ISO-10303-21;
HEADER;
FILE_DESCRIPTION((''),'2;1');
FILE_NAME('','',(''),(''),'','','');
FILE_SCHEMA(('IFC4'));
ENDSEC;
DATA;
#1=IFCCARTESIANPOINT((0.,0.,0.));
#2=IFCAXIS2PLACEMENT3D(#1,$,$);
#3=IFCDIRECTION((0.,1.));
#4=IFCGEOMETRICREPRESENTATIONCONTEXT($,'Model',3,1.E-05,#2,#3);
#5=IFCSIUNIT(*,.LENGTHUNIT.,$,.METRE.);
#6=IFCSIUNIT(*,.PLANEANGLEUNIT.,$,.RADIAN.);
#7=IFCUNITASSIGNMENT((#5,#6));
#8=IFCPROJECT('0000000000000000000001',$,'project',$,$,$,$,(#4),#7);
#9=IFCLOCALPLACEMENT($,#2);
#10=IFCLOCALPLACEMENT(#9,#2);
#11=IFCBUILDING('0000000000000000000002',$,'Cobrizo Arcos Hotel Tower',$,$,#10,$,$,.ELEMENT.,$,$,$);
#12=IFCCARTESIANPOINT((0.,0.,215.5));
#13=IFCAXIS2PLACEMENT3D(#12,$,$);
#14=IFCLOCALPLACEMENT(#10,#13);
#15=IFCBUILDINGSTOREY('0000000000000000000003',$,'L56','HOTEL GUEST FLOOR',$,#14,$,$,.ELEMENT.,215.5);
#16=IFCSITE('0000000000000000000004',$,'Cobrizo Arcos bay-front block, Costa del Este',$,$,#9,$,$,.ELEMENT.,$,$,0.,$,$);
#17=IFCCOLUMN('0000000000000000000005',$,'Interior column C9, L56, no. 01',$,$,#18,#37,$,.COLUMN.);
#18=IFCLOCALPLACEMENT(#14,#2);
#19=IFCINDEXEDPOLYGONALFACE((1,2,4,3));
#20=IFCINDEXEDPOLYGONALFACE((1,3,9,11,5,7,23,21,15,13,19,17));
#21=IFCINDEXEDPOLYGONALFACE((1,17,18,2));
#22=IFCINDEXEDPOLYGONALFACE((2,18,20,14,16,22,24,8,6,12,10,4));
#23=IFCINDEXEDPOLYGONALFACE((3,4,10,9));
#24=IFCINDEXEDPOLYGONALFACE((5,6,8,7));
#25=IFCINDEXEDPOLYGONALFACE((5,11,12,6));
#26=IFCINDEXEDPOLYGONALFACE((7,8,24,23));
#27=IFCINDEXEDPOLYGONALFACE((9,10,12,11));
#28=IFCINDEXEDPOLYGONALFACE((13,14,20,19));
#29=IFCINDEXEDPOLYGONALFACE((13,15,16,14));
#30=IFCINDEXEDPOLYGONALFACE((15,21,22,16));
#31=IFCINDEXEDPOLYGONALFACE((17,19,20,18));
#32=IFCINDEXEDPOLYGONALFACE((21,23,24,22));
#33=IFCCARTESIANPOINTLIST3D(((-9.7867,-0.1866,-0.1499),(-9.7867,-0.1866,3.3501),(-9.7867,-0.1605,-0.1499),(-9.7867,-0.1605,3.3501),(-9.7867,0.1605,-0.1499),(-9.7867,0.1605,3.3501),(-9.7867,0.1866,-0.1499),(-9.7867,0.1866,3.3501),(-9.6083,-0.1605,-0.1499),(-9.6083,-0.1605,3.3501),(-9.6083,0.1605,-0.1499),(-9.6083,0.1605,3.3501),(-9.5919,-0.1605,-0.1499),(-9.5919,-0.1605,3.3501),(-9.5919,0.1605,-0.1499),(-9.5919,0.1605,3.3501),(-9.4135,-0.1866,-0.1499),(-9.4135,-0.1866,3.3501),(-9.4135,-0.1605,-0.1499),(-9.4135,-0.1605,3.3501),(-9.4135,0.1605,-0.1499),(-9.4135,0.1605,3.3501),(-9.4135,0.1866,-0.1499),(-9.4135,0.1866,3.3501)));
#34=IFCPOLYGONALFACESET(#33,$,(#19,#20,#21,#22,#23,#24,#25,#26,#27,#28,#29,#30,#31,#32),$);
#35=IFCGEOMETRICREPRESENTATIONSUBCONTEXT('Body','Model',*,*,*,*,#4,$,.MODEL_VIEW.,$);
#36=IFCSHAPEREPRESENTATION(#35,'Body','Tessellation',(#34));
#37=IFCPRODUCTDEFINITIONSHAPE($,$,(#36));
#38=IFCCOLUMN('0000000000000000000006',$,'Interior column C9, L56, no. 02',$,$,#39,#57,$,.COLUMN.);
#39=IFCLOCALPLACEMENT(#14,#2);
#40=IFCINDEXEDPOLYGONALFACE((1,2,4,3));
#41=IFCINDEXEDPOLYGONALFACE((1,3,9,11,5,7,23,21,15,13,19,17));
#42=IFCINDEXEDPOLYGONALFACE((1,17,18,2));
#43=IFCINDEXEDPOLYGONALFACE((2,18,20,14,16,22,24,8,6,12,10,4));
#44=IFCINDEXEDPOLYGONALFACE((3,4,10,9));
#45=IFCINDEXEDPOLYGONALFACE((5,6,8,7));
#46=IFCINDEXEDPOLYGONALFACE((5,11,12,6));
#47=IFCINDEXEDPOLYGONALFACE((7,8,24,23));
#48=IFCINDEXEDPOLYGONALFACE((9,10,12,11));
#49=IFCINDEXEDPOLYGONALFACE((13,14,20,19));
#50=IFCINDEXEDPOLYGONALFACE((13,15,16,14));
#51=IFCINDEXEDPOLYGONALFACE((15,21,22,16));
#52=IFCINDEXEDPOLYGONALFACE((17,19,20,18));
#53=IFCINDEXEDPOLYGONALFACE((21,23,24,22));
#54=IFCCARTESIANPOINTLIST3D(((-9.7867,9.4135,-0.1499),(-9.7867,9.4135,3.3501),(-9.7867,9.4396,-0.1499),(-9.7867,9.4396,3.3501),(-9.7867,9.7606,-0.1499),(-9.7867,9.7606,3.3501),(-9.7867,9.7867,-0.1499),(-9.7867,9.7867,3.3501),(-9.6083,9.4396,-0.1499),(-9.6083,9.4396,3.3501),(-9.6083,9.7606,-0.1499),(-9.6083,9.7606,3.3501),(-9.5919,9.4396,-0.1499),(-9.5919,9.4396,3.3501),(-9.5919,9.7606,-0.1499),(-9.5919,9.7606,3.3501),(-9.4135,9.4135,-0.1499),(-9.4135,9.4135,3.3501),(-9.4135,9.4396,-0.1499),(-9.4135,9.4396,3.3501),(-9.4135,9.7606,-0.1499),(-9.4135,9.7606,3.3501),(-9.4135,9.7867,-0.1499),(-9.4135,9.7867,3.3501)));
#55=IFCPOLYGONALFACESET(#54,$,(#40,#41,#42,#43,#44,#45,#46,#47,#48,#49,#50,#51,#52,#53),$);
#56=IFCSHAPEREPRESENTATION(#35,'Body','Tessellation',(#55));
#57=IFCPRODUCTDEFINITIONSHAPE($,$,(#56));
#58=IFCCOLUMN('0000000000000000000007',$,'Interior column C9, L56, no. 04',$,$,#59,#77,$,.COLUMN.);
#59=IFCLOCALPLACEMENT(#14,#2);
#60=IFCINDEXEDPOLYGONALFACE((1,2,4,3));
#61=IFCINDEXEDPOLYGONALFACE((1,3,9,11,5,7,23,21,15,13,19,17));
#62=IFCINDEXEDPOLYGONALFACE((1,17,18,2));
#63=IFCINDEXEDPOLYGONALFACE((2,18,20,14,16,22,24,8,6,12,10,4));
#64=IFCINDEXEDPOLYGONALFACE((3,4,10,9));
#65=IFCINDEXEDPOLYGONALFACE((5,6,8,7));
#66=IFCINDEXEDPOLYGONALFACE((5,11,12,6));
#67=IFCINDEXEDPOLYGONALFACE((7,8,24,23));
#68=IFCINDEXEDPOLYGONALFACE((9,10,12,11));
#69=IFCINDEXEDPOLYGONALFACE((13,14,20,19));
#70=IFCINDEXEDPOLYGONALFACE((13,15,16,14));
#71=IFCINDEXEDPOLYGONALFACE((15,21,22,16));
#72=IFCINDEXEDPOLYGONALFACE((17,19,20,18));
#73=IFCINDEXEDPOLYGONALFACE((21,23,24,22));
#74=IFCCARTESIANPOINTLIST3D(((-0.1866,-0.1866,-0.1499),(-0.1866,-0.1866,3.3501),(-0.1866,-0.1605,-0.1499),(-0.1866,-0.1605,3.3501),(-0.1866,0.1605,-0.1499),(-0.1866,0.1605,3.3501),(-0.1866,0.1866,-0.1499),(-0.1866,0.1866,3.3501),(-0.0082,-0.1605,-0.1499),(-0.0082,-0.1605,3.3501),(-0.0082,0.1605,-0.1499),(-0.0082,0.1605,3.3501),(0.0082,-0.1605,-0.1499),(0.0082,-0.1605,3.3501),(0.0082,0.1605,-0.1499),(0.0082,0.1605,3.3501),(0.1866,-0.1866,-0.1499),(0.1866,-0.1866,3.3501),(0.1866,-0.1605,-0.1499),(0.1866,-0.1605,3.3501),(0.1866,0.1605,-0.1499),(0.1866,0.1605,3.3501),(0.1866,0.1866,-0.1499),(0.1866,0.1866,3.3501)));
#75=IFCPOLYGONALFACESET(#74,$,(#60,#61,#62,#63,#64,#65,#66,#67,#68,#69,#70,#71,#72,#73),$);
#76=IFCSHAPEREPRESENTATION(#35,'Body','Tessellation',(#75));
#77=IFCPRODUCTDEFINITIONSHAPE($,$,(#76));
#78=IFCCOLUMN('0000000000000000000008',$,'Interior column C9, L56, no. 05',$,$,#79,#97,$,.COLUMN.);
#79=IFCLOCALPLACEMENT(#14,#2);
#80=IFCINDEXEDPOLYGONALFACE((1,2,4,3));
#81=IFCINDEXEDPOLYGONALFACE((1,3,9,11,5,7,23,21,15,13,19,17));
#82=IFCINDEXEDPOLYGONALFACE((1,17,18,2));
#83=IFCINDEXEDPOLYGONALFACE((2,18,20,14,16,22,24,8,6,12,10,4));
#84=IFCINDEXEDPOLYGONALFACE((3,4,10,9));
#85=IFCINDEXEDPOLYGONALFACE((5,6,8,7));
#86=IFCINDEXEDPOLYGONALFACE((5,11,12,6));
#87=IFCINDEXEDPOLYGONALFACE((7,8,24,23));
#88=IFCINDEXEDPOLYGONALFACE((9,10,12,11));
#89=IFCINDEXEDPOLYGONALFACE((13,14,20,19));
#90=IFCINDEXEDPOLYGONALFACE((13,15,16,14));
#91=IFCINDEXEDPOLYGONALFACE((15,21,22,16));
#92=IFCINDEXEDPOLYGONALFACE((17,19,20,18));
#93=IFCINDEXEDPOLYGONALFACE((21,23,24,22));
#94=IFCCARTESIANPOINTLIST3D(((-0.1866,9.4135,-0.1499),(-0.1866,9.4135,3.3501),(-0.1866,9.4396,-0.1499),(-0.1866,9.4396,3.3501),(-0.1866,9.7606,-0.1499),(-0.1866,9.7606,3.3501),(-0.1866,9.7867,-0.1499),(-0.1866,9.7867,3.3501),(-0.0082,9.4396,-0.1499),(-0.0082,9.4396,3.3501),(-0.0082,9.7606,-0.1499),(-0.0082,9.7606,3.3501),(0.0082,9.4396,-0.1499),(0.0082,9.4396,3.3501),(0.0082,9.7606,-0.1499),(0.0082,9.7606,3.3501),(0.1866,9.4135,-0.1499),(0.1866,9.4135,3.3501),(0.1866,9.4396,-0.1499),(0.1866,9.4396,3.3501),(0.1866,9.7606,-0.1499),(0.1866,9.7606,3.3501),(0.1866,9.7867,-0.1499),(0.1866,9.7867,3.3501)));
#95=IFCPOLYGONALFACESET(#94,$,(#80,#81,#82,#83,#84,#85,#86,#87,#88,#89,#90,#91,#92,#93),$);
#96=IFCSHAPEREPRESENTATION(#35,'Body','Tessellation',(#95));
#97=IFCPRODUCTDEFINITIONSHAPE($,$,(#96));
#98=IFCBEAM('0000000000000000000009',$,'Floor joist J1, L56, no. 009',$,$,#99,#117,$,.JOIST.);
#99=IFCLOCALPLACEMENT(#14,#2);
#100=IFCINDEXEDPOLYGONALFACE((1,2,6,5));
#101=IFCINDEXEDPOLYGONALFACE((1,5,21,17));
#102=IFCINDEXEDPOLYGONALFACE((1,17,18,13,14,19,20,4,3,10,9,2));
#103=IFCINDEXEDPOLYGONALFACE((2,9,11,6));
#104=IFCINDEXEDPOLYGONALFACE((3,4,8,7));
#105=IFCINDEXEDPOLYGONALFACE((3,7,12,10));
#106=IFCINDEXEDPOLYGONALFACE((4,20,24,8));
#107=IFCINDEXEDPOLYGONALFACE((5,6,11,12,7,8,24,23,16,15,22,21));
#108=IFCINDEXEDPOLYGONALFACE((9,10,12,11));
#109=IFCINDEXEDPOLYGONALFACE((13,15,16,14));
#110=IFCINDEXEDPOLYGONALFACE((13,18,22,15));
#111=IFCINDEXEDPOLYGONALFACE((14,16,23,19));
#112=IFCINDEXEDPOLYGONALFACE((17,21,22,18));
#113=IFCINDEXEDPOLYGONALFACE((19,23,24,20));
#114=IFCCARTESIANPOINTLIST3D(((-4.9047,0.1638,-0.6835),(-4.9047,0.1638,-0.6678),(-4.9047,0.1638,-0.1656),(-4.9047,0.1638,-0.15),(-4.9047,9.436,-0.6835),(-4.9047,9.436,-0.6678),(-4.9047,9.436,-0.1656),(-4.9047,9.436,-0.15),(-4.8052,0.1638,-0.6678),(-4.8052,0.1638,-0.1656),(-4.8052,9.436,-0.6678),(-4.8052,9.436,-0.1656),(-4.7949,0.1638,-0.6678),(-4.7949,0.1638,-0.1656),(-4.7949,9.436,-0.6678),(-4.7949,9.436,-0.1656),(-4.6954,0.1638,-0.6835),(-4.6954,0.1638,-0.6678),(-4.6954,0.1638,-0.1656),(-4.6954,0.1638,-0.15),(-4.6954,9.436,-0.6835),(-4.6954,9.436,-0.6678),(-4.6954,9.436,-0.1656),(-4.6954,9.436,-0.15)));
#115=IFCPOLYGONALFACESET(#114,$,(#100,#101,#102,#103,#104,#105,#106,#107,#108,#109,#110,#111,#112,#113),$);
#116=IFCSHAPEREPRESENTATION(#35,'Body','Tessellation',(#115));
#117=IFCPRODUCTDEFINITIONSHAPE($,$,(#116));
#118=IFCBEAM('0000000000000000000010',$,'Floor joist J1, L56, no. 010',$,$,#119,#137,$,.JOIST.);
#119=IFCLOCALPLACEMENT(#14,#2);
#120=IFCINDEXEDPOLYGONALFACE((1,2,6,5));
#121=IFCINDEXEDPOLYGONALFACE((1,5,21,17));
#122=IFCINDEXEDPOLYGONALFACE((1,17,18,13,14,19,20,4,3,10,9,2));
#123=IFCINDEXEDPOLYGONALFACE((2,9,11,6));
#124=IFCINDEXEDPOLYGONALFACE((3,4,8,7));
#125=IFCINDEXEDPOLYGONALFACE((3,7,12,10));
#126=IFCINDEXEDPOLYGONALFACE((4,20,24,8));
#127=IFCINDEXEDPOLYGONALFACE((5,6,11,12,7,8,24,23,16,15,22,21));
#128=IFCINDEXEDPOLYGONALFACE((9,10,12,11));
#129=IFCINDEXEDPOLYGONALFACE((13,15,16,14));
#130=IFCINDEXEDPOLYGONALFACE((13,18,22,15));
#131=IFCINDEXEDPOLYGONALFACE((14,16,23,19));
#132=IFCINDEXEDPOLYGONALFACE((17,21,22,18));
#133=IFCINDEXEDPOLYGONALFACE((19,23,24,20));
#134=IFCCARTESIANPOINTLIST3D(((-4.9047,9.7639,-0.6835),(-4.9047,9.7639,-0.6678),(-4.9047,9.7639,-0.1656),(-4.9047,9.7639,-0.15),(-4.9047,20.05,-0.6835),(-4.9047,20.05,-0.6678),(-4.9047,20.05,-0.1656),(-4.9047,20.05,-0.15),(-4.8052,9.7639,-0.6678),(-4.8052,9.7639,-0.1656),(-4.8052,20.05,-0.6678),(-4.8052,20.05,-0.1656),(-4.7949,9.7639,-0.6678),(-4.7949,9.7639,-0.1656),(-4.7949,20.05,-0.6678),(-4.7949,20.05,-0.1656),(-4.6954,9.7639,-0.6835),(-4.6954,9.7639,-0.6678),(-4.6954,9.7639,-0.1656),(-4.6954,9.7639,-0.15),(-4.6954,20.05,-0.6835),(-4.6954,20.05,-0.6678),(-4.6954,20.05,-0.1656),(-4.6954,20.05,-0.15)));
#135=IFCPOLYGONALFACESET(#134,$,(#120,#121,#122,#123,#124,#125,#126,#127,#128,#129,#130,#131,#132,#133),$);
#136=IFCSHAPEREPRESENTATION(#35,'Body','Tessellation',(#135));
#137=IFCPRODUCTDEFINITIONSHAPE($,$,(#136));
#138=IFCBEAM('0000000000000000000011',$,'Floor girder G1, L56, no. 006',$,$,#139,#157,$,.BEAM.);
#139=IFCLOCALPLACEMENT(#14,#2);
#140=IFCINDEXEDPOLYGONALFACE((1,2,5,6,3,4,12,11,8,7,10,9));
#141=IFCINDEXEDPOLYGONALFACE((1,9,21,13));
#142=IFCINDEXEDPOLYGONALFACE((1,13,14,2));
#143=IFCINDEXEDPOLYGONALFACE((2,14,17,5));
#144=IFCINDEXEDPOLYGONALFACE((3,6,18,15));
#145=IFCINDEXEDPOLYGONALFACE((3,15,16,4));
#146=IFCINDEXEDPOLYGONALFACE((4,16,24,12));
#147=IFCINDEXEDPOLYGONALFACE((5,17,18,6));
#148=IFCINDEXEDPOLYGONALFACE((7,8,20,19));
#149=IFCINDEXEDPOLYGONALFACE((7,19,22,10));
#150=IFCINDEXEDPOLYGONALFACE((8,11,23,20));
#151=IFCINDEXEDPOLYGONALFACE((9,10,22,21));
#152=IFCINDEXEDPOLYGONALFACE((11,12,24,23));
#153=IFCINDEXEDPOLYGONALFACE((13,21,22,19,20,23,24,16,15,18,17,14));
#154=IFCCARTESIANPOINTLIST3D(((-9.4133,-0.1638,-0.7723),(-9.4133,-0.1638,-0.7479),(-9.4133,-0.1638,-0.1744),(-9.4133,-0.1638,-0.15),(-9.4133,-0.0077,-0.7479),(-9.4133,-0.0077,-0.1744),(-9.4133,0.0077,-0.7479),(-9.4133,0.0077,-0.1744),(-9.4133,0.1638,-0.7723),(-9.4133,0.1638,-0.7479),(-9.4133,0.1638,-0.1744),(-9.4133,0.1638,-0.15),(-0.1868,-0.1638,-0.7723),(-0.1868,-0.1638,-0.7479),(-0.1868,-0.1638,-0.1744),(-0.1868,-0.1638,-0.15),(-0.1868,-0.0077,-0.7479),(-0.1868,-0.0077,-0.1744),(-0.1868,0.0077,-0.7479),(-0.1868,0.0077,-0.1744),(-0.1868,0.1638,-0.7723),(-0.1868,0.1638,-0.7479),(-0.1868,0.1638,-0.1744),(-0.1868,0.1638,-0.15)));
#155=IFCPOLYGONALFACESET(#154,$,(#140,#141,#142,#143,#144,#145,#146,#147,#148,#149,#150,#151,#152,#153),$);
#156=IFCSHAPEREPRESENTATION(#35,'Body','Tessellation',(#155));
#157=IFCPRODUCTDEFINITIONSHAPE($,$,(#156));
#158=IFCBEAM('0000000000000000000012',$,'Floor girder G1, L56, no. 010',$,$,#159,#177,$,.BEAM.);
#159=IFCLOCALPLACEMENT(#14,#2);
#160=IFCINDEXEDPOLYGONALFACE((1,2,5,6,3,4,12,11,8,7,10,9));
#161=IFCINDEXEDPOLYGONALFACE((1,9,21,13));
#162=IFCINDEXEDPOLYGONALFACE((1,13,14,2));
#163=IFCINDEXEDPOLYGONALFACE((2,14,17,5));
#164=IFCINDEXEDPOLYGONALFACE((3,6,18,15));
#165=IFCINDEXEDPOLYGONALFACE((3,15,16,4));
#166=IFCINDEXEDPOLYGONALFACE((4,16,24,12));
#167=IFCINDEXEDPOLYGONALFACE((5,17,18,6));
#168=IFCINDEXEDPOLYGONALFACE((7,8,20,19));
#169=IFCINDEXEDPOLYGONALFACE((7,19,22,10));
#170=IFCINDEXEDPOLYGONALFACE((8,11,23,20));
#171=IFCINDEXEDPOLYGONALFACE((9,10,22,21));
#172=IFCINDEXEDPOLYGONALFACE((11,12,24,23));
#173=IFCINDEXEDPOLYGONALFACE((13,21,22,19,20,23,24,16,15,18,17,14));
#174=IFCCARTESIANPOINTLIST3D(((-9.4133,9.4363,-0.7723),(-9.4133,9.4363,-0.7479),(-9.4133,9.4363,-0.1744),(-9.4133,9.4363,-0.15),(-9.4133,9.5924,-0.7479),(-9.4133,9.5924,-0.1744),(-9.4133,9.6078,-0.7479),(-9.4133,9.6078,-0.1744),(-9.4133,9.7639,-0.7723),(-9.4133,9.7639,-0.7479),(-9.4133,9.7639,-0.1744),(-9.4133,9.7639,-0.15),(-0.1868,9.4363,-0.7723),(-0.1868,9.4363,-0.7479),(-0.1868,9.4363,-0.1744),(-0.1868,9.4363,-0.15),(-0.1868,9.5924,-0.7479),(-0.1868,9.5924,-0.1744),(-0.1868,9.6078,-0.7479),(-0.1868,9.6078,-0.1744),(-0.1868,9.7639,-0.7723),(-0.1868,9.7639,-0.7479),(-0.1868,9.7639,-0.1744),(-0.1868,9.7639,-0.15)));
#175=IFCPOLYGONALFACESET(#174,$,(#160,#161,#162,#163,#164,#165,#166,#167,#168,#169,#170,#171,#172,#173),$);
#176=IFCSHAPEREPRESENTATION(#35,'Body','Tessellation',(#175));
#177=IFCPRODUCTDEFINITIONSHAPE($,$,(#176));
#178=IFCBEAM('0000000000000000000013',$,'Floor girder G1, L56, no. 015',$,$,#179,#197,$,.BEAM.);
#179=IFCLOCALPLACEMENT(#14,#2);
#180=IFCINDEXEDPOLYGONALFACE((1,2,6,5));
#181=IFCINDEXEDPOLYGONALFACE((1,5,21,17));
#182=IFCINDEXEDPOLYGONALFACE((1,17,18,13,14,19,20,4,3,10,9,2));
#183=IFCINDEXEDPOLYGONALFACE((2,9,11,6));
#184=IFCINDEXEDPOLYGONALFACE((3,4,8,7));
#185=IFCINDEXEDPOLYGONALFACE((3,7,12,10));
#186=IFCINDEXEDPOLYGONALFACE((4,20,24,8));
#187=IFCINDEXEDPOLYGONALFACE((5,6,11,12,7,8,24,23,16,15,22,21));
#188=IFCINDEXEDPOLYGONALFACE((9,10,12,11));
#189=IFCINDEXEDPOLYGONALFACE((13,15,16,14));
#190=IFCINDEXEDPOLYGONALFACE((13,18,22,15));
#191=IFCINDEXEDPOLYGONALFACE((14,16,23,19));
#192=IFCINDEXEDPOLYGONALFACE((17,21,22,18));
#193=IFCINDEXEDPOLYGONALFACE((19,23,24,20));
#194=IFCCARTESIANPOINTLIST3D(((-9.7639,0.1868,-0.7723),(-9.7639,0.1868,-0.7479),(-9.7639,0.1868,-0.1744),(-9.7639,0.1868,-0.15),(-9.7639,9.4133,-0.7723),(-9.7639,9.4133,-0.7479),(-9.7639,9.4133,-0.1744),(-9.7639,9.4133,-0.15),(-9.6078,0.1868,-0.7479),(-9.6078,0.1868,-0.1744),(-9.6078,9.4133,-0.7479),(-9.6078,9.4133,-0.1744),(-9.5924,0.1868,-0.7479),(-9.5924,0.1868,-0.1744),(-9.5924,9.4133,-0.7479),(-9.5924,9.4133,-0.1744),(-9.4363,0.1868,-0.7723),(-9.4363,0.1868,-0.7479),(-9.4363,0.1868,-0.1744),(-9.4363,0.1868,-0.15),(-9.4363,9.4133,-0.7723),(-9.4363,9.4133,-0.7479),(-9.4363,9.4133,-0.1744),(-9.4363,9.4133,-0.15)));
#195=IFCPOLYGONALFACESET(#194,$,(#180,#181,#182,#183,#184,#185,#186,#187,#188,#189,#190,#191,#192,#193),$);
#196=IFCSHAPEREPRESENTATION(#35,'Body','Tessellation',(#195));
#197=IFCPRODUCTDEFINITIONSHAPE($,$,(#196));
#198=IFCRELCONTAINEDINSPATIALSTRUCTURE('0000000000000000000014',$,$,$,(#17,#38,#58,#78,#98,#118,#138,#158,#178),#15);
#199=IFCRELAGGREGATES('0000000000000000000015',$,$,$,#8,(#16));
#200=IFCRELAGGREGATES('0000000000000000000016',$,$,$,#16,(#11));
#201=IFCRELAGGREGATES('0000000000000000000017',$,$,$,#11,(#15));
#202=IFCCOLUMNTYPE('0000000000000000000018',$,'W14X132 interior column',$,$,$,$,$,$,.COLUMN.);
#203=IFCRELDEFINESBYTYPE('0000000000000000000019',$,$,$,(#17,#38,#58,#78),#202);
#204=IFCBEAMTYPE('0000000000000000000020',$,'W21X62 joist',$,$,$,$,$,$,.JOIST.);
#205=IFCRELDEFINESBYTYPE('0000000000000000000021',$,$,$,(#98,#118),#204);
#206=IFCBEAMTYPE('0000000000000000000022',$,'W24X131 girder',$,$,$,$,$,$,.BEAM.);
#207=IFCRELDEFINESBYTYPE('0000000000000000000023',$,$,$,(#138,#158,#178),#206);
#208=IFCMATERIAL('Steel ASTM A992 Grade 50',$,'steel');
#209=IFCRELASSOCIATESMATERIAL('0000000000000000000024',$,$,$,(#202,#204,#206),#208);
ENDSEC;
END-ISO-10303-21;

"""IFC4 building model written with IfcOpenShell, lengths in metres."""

from ifc_helpers import new_model, si_unit, direction, frame, origin, origin_2d, place, context, subcontext, project, spatial, i_section, extrude, material, material_profile, profile_set, type_object, element, save


model = new_model("IFC4")

# Units and contexts
model_context = context("Model", 3, precision=1e-05, world=origin(), true_north=direction((0.0, 1.0)))
body_context = subcontext(model_context, "Body", "Model", "MODEL_VIEW")
ifc_project = project(units=[si_unit("LENGTHUNIT", "METRE"), si_unit("PLANEANGLEUNIT", "RADIAN")], contexts=[model_context])

# Site, building, storey
site_placement = place(None, origin())
site = spatial("IfcSite", under=ifc_project, at=site_placement, Name="Cobrizo Arcos bay-front block, Costa del Este", CompositionType="ELEMENT", RefElevation=0.0)
building_placement = place(site_placement, origin())
building = spatial("IfcBuilding", under=site, at=building_placement, Name="Cobrizo Arcos Hotel Tower", CompositionType="ELEMENT")
storey_placement = place(building_placement, frame((0.0, 0.0, 215.5)))
storey = spatial("IfcBuildingStorey", under=building, at=storey_placement, Name="L56", Description="HOTEL GUEST FLOOR", CompositionType="ELEMENT", Elevation=215.5)

# Columns
ifc_material_1 = material(Name="Steel ASTM A992 Grade 50", Category="steel")
ifc_material_profile_1 = material_profile(ifc_material_1, i_section(OverallWidth=0.3733, OverallDepth=0.3733, WebThickness=0.0164, FlangeThickness=0.0261, at=origin_2d()), Name="W14X132")
ifc_profile_set_1 = profile_set([ifc_material_profile_1], Name="Steel ASTM A992 Grade 50")
column_type = type_object("IfcColumnType", Name="W14X132 interior column", PredefinedType="COLUMN", material=ifc_profile_set_1)
for number, where, z_axis, x_axis, name in (
    (1, (-9.6001, 0.0, -0.1499), (0.0, 0.0, 1.0), (1.0, 0.0, 0.0), "Interior column C9, L56, no. 01"),
    (2, (-9.6001, 9.6001, -0.1499), (0.0, 0.0, 1.0), (1.0, 0.0, 0.0), "Interior column C9, L56, no. 02"),
    (3, (0.0, 0.0, -0.1499), (0.0, 0.0, 1.0), (1.0, 0.0, 0.0), "Interior column C9, L56, no. 04"),
    (4, (0.0, 9.6001, -0.1499), (0.0, 0.0, 1.0), (1.0, 0.0, 0.0), "Interior column C9, L56, no. 05"),
):
    element("IfcColumn", number, at=place(storey_placement, frame(where, z_axis=z_axis, x_axis=x_axis)), inside=storey, type_object=column_type, Name=name, PredefinedType="COLUMN", context=body_context, shape_type="SweptSolid", body=[
        extrude(i_section(OverallWidth=0.3733, OverallDepth=0.3733, WebThickness=0.0164, FlangeThickness=0.0261, at=origin_2d()), origin(), (0.0, 0.0, 1.0), 3.5),
    ])

# Beams
ifc_material_profile_2 = material_profile(ifc_material_1, i_section(OverallWidth=0.2092, OverallDepth=0.5334, WebThickness=0.0103, FlangeThickness=0.0156, at=origin_2d()), Name="W21X62")
ifc_profile_set_2 = profile_set([ifc_material_profile_2], Name="Steel ASTM A992 Grade 50")
beam_type_1 = type_object("IfcBeamType", Name="W21X62 joist", PredefinedType="JOIST", material=ifc_profile_set_2)
beam_1_placement = place(storey_placement, frame((-4.8, 0.1638, -0.4167), z_axis=(0.0, 1.0, 0.0), x_axis=(-1.0, 0.0, 0.0)))
element("IfcBeam", 5, at=beam_1_placement, inside=storey, type_object=beam_type_1, Name="Floor joist J1, L56, no. 009", PredefinedType="JOIST", context=body_context, shape_type="SweptSolid", body=[
    extrude(i_section(OverallWidth=0.2092, OverallDepth=0.5334, WebThickness=0.0103, FlangeThickness=0.0156, at=origin_2d()), origin(), (0.0, 0.0, 1.0), 9.2722),
])
beam_2_placement = place(storey_placement, frame((-4.8, 9.7639, -0.4167), z_axis=(0.0, 1.0, 0.0), x_axis=(-1.0, 0.0, 0.0)))
element("IfcBeam", 6, at=beam_2_placement, inside=storey, type_object=beam_type_1, Name="Floor joist J1, L56, no. 010", PredefinedType="JOIST", context=body_context, shape_type="SweptSolid", body=[
    extrude(i_section(OverallWidth=0.2092, OverallDepth=0.5334, WebThickness=0.0103, FlangeThickness=0.0156, at=origin_2d()), origin(), (0.0, 0.0, 1.0), 10.2861),
])
ifc_material_profile_3 = material_profile(ifc_material_1, i_section(OverallWidth=0.3276, OverallDepth=0.6223, WebThickness=0.0154, FlangeThickness=0.0244, at=origin_2d()), Name="W24X131")
ifc_profile_set_3 = profile_set([ifc_material_profile_3], Name="Steel ASTM A992 Grade 50")
beam_type_2 = type_object("IfcBeamType", Name="W24X131 girder", PredefinedType="BEAM", material=ifc_profile_set_3)
for number, where, z_axis, x_axis, name in (
    (7, (-9.4133, 0.0, -0.4612), (1.0, 0.0, 0.0), (0.0, 1.0, 0.0), "Floor girder G1, L56, no. 006"),
    (8, (-9.4133, 9.6001, -0.4612), (1.0, 0.0, 0.0), (0.0, 1.0, 0.0), "Floor girder G1, L56, no. 010"),
    (9, (-9.6001, 0.1868, -0.4612), (0.0, 1.0, 0.0), (-1.0, 0.0, 0.0), "Floor girder G1, L56, no. 015"),
):
    element("IfcBeam", number, at=place(storey_placement, frame(where, z_axis=z_axis, x_axis=x_axis)), inside=storey, type_object=beam_type_2, Name=name, PredefinedType="BEAM", context=body_context, shape_type="SweptSolid", body=[
        extrude(i_section(OverallWidth=0.3276, OverallDepth=0.6223, WebThickness=0.0154, FlangeThickness=0.0244, at=origin_2d()), origin(), (0.0, 0.0, 1.0), 9.2266),
    ])

save(model, "model.ifc")
